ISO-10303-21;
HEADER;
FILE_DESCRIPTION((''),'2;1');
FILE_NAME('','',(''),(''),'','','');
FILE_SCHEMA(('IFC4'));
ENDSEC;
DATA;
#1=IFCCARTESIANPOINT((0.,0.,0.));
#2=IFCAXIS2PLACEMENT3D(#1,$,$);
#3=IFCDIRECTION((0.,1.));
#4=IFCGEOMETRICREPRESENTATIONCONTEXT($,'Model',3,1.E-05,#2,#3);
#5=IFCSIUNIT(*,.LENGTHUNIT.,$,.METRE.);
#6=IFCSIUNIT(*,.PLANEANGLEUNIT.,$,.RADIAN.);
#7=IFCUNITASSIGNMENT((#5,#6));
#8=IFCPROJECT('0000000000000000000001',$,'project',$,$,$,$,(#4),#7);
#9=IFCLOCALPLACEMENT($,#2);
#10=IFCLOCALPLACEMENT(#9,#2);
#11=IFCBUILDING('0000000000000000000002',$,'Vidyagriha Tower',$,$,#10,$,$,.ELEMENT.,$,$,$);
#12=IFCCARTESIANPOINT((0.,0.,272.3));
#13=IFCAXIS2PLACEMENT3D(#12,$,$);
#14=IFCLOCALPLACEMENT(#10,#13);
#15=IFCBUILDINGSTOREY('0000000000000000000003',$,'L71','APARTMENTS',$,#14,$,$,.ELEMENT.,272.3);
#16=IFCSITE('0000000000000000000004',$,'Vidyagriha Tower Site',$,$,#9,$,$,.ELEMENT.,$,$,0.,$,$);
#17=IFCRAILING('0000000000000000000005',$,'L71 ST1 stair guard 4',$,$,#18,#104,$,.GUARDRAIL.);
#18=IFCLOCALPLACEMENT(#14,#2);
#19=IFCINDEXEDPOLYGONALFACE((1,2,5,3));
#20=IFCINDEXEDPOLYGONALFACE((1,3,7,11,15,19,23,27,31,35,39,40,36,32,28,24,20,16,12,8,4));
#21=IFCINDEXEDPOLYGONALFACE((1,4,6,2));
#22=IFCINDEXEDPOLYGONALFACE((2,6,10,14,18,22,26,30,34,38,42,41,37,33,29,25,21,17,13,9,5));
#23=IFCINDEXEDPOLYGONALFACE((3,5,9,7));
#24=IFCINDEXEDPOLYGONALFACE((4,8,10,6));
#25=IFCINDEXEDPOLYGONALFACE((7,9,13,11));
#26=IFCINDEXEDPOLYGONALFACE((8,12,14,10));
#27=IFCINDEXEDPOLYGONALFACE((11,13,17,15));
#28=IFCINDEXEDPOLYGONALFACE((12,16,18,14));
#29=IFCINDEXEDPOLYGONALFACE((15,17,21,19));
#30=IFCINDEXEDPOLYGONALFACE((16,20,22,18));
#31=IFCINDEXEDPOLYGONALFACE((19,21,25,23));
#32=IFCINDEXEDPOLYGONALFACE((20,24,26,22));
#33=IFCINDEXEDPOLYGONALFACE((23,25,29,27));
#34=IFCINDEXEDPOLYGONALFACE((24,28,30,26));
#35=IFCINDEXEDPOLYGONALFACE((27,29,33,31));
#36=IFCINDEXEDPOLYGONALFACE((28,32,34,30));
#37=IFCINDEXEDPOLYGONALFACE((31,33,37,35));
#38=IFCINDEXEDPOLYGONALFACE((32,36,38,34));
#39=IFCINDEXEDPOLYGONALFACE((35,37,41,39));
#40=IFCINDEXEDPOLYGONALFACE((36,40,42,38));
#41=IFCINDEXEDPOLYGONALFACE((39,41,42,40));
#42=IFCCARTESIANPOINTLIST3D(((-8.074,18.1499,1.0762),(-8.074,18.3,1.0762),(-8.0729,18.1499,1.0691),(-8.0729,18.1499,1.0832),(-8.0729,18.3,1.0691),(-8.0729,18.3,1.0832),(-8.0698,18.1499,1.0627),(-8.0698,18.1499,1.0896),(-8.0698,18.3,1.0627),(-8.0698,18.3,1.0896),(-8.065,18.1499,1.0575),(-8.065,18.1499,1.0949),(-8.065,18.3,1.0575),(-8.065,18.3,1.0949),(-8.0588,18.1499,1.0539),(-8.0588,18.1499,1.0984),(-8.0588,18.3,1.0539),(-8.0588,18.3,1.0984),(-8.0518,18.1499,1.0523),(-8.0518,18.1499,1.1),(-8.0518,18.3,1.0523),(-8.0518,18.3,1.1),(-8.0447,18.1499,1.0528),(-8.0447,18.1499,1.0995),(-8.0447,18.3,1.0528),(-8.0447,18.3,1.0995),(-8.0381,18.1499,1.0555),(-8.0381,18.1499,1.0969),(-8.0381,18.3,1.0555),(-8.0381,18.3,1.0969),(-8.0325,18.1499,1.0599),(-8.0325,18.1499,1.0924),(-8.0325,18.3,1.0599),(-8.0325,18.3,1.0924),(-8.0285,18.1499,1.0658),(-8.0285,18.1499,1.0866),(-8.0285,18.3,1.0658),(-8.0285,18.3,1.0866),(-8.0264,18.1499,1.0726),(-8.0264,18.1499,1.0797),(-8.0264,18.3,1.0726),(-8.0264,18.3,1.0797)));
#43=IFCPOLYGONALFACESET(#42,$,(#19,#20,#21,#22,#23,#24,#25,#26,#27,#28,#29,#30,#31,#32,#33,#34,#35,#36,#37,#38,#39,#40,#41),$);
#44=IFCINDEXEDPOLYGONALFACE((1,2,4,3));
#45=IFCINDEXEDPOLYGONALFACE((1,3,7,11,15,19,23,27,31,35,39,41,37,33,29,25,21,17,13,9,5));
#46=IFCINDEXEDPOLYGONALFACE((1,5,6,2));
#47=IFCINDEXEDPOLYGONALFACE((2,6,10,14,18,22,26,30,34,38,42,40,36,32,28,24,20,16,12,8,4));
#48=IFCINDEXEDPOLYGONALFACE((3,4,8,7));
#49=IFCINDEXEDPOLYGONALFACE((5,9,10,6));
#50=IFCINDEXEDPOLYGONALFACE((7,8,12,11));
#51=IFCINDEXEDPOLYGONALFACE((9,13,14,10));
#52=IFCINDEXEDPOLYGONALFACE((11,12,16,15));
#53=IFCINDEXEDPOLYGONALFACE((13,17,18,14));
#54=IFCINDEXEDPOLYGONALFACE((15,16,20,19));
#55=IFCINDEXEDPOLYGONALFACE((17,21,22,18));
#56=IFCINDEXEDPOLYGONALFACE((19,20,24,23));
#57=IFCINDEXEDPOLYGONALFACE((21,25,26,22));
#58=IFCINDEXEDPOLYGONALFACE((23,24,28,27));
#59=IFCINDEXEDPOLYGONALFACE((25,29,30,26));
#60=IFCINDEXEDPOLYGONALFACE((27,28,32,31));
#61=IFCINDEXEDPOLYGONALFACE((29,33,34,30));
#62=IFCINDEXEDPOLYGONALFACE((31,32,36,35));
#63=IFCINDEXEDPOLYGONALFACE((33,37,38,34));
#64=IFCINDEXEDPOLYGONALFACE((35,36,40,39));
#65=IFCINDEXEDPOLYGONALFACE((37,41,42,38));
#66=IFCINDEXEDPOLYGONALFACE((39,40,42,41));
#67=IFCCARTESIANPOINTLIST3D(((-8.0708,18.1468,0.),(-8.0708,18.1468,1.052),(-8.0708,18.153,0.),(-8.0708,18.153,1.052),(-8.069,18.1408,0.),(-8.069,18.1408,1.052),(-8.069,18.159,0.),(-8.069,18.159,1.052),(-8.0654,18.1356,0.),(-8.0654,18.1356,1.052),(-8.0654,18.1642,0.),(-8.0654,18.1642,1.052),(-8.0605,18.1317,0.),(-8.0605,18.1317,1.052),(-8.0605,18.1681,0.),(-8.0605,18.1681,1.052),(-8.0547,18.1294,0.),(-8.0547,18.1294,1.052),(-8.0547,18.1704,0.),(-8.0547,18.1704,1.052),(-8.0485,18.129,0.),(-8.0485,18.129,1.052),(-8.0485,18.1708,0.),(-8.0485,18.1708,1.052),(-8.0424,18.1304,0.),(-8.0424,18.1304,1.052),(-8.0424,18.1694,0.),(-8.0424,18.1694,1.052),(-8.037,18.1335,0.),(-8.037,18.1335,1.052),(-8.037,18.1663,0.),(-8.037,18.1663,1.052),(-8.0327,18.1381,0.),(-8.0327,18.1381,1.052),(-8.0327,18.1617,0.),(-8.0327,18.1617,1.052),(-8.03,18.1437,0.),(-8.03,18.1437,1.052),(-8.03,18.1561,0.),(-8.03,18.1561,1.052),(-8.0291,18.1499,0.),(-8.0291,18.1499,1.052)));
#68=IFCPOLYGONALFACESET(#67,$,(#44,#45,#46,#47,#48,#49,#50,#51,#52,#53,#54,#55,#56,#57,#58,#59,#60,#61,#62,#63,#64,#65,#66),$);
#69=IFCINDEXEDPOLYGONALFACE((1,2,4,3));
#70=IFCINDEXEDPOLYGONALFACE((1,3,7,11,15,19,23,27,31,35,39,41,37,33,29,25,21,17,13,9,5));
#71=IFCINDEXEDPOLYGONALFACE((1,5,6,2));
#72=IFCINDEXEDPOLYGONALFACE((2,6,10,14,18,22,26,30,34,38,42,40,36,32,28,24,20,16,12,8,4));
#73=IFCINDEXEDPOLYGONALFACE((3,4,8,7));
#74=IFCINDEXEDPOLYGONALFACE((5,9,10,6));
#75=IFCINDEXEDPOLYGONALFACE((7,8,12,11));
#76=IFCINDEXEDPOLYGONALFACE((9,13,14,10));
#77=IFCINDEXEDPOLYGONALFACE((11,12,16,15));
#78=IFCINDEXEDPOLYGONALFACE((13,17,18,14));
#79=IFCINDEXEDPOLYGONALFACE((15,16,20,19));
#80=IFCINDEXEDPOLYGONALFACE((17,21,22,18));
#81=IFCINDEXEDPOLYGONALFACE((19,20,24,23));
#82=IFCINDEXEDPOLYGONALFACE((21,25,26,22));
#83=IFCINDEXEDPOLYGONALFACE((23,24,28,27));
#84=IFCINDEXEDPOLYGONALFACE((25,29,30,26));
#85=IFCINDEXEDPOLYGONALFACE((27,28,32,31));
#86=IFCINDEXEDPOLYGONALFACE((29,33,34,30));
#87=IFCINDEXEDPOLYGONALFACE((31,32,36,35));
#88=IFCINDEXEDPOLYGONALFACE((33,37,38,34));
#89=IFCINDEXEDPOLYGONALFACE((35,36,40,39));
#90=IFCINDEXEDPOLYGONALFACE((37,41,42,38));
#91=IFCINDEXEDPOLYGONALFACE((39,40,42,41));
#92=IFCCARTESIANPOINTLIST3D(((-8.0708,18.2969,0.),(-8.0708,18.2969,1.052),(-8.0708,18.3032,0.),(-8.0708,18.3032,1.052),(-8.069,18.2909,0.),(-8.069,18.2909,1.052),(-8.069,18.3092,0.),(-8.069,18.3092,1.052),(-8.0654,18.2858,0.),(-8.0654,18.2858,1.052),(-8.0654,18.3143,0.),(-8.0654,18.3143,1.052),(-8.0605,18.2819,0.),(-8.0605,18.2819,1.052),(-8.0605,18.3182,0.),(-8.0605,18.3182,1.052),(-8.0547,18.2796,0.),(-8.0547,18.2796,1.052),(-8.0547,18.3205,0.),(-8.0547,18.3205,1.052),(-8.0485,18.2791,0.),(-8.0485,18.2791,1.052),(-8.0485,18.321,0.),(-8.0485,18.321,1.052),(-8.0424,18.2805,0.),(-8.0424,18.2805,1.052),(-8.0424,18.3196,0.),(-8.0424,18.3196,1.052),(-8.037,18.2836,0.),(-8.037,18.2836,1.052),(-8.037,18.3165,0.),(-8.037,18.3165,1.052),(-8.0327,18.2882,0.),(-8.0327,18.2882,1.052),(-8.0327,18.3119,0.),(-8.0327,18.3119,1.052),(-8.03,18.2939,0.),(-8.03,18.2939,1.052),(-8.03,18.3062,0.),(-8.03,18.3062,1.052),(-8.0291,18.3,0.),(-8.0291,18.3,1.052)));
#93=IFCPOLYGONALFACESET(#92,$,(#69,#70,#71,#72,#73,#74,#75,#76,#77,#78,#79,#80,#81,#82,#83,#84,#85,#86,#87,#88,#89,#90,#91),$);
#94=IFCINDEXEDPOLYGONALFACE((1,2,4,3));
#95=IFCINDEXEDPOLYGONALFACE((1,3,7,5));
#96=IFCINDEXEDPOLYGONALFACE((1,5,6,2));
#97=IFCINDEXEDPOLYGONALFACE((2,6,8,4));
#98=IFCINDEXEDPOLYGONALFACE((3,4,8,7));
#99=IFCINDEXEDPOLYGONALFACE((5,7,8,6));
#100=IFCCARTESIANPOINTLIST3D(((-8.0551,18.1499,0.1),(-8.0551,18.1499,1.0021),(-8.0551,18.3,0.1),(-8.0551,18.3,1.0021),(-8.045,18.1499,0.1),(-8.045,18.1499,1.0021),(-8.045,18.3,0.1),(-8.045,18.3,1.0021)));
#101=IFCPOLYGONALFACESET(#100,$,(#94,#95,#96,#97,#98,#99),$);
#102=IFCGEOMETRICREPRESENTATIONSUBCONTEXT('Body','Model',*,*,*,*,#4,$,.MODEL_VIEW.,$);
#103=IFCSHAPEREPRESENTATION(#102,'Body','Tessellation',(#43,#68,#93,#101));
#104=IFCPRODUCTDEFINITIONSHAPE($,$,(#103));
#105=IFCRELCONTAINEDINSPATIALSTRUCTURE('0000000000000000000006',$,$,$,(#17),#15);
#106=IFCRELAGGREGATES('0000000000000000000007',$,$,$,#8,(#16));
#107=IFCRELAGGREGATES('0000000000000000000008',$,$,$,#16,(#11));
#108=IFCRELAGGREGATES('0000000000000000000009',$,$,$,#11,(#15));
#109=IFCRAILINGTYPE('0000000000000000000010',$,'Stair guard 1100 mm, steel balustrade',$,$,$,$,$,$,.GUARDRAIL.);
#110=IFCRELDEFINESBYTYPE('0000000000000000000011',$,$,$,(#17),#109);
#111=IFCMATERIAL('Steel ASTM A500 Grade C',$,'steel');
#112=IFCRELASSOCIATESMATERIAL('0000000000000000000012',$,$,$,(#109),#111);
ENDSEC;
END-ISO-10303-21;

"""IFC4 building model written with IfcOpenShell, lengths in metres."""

from ifc_helpers import new_model, si_unit, direction, frame, origin, origin_2d, place, context, subcontext, project, spatial, rectangle, circle, extrude, material, type_object, element, save


model = new_model("IFC4")

# Units and contexts
model_context = context("Model", 3, precision=1e-05, world=origin(), true_north=direction((0.0, 1.0)))
body_context = subcontext(model_context, "Body", "Model", "MODEL_VIEW")
ifc_project = project(units=[si_unit("LENGTHUNIT", "METRE"), si_unit("PLANEANGLEUNIT", "RADIAN")], contexts=[model_context])

# Site, building, storey
site_placement = place(None, origin())
site = spatial("IfcSite", under=ifc_project, at=site_placement, Name="Vidyagriha Tower Site", CompositionType="ELEMENT", RefElevation=0.0)
building_placement = place(site_placement, origin())
building = spatial("IfcBuilding", under=site, at=building_placement, Name="Vidyagriha Tower", CompositionType="ELEMENT")
storey_placement = place(building_placement, frame((0.0, 0.0, 272.3)))
storey = spatial("IfcBuildingStorey", under=building, at=storey_placement, Name="L71", Description="APARTMENTS", CompositionType="ELEMENT", Elevation=272.3)

# Railing
ifc_material_1 = material(Name="Steel ASTM A500 Grade C", Category="steel")
railing_type_1 = type_object("IfcRailingType", Name="Stair guard 1100 mm, steel balustrade", PredefinedType="GUARDRAIL", material=ifc_material_1)
railing_1_placement = place(storey_placement, frame((-8.05, 18.1499, 0.0)))
element("IfcRailing", 1, at=railing_1_placement, inside=storey, type_object=railing_type_1, Name="L71 ST1 stair guard 4", PredefinedType="GUARDRAIL", context=body_context, shape_type="SweptSolid", body=[
    extrude(circle(Radius=0.0239, at=origin_2d()), frame((0.0, 0.0, 1.0762), z_axis=(0.0, 1.0, 0.0), x_axis=(-1.0, 0.0, 0.0)), (0.0, 0.0, 1.0), 0.1501),
    extrude(circle(Radius=0.021, at=origin_2d()), origin(), (0.0, 0.0, 1.0), 1.052),
    extrude(circle(Radius=0.021, at=origin_2d()), frame((0.0, 0.1501, 0.0)), (0.0, 0.0, 1.0), 1.052),
    extrude(rectangle(XDim=0.01, YDim=0.9021, at=origin_2d()), frame((0.0, 0.0, 0.551), z_axis=(0.0, 1.0, 0.0), x_axis=(-1.0, 0.0, 0.0)), (0.0, 0.0, 1.0), 0.1501),
])

save(model, "model.ifc")
